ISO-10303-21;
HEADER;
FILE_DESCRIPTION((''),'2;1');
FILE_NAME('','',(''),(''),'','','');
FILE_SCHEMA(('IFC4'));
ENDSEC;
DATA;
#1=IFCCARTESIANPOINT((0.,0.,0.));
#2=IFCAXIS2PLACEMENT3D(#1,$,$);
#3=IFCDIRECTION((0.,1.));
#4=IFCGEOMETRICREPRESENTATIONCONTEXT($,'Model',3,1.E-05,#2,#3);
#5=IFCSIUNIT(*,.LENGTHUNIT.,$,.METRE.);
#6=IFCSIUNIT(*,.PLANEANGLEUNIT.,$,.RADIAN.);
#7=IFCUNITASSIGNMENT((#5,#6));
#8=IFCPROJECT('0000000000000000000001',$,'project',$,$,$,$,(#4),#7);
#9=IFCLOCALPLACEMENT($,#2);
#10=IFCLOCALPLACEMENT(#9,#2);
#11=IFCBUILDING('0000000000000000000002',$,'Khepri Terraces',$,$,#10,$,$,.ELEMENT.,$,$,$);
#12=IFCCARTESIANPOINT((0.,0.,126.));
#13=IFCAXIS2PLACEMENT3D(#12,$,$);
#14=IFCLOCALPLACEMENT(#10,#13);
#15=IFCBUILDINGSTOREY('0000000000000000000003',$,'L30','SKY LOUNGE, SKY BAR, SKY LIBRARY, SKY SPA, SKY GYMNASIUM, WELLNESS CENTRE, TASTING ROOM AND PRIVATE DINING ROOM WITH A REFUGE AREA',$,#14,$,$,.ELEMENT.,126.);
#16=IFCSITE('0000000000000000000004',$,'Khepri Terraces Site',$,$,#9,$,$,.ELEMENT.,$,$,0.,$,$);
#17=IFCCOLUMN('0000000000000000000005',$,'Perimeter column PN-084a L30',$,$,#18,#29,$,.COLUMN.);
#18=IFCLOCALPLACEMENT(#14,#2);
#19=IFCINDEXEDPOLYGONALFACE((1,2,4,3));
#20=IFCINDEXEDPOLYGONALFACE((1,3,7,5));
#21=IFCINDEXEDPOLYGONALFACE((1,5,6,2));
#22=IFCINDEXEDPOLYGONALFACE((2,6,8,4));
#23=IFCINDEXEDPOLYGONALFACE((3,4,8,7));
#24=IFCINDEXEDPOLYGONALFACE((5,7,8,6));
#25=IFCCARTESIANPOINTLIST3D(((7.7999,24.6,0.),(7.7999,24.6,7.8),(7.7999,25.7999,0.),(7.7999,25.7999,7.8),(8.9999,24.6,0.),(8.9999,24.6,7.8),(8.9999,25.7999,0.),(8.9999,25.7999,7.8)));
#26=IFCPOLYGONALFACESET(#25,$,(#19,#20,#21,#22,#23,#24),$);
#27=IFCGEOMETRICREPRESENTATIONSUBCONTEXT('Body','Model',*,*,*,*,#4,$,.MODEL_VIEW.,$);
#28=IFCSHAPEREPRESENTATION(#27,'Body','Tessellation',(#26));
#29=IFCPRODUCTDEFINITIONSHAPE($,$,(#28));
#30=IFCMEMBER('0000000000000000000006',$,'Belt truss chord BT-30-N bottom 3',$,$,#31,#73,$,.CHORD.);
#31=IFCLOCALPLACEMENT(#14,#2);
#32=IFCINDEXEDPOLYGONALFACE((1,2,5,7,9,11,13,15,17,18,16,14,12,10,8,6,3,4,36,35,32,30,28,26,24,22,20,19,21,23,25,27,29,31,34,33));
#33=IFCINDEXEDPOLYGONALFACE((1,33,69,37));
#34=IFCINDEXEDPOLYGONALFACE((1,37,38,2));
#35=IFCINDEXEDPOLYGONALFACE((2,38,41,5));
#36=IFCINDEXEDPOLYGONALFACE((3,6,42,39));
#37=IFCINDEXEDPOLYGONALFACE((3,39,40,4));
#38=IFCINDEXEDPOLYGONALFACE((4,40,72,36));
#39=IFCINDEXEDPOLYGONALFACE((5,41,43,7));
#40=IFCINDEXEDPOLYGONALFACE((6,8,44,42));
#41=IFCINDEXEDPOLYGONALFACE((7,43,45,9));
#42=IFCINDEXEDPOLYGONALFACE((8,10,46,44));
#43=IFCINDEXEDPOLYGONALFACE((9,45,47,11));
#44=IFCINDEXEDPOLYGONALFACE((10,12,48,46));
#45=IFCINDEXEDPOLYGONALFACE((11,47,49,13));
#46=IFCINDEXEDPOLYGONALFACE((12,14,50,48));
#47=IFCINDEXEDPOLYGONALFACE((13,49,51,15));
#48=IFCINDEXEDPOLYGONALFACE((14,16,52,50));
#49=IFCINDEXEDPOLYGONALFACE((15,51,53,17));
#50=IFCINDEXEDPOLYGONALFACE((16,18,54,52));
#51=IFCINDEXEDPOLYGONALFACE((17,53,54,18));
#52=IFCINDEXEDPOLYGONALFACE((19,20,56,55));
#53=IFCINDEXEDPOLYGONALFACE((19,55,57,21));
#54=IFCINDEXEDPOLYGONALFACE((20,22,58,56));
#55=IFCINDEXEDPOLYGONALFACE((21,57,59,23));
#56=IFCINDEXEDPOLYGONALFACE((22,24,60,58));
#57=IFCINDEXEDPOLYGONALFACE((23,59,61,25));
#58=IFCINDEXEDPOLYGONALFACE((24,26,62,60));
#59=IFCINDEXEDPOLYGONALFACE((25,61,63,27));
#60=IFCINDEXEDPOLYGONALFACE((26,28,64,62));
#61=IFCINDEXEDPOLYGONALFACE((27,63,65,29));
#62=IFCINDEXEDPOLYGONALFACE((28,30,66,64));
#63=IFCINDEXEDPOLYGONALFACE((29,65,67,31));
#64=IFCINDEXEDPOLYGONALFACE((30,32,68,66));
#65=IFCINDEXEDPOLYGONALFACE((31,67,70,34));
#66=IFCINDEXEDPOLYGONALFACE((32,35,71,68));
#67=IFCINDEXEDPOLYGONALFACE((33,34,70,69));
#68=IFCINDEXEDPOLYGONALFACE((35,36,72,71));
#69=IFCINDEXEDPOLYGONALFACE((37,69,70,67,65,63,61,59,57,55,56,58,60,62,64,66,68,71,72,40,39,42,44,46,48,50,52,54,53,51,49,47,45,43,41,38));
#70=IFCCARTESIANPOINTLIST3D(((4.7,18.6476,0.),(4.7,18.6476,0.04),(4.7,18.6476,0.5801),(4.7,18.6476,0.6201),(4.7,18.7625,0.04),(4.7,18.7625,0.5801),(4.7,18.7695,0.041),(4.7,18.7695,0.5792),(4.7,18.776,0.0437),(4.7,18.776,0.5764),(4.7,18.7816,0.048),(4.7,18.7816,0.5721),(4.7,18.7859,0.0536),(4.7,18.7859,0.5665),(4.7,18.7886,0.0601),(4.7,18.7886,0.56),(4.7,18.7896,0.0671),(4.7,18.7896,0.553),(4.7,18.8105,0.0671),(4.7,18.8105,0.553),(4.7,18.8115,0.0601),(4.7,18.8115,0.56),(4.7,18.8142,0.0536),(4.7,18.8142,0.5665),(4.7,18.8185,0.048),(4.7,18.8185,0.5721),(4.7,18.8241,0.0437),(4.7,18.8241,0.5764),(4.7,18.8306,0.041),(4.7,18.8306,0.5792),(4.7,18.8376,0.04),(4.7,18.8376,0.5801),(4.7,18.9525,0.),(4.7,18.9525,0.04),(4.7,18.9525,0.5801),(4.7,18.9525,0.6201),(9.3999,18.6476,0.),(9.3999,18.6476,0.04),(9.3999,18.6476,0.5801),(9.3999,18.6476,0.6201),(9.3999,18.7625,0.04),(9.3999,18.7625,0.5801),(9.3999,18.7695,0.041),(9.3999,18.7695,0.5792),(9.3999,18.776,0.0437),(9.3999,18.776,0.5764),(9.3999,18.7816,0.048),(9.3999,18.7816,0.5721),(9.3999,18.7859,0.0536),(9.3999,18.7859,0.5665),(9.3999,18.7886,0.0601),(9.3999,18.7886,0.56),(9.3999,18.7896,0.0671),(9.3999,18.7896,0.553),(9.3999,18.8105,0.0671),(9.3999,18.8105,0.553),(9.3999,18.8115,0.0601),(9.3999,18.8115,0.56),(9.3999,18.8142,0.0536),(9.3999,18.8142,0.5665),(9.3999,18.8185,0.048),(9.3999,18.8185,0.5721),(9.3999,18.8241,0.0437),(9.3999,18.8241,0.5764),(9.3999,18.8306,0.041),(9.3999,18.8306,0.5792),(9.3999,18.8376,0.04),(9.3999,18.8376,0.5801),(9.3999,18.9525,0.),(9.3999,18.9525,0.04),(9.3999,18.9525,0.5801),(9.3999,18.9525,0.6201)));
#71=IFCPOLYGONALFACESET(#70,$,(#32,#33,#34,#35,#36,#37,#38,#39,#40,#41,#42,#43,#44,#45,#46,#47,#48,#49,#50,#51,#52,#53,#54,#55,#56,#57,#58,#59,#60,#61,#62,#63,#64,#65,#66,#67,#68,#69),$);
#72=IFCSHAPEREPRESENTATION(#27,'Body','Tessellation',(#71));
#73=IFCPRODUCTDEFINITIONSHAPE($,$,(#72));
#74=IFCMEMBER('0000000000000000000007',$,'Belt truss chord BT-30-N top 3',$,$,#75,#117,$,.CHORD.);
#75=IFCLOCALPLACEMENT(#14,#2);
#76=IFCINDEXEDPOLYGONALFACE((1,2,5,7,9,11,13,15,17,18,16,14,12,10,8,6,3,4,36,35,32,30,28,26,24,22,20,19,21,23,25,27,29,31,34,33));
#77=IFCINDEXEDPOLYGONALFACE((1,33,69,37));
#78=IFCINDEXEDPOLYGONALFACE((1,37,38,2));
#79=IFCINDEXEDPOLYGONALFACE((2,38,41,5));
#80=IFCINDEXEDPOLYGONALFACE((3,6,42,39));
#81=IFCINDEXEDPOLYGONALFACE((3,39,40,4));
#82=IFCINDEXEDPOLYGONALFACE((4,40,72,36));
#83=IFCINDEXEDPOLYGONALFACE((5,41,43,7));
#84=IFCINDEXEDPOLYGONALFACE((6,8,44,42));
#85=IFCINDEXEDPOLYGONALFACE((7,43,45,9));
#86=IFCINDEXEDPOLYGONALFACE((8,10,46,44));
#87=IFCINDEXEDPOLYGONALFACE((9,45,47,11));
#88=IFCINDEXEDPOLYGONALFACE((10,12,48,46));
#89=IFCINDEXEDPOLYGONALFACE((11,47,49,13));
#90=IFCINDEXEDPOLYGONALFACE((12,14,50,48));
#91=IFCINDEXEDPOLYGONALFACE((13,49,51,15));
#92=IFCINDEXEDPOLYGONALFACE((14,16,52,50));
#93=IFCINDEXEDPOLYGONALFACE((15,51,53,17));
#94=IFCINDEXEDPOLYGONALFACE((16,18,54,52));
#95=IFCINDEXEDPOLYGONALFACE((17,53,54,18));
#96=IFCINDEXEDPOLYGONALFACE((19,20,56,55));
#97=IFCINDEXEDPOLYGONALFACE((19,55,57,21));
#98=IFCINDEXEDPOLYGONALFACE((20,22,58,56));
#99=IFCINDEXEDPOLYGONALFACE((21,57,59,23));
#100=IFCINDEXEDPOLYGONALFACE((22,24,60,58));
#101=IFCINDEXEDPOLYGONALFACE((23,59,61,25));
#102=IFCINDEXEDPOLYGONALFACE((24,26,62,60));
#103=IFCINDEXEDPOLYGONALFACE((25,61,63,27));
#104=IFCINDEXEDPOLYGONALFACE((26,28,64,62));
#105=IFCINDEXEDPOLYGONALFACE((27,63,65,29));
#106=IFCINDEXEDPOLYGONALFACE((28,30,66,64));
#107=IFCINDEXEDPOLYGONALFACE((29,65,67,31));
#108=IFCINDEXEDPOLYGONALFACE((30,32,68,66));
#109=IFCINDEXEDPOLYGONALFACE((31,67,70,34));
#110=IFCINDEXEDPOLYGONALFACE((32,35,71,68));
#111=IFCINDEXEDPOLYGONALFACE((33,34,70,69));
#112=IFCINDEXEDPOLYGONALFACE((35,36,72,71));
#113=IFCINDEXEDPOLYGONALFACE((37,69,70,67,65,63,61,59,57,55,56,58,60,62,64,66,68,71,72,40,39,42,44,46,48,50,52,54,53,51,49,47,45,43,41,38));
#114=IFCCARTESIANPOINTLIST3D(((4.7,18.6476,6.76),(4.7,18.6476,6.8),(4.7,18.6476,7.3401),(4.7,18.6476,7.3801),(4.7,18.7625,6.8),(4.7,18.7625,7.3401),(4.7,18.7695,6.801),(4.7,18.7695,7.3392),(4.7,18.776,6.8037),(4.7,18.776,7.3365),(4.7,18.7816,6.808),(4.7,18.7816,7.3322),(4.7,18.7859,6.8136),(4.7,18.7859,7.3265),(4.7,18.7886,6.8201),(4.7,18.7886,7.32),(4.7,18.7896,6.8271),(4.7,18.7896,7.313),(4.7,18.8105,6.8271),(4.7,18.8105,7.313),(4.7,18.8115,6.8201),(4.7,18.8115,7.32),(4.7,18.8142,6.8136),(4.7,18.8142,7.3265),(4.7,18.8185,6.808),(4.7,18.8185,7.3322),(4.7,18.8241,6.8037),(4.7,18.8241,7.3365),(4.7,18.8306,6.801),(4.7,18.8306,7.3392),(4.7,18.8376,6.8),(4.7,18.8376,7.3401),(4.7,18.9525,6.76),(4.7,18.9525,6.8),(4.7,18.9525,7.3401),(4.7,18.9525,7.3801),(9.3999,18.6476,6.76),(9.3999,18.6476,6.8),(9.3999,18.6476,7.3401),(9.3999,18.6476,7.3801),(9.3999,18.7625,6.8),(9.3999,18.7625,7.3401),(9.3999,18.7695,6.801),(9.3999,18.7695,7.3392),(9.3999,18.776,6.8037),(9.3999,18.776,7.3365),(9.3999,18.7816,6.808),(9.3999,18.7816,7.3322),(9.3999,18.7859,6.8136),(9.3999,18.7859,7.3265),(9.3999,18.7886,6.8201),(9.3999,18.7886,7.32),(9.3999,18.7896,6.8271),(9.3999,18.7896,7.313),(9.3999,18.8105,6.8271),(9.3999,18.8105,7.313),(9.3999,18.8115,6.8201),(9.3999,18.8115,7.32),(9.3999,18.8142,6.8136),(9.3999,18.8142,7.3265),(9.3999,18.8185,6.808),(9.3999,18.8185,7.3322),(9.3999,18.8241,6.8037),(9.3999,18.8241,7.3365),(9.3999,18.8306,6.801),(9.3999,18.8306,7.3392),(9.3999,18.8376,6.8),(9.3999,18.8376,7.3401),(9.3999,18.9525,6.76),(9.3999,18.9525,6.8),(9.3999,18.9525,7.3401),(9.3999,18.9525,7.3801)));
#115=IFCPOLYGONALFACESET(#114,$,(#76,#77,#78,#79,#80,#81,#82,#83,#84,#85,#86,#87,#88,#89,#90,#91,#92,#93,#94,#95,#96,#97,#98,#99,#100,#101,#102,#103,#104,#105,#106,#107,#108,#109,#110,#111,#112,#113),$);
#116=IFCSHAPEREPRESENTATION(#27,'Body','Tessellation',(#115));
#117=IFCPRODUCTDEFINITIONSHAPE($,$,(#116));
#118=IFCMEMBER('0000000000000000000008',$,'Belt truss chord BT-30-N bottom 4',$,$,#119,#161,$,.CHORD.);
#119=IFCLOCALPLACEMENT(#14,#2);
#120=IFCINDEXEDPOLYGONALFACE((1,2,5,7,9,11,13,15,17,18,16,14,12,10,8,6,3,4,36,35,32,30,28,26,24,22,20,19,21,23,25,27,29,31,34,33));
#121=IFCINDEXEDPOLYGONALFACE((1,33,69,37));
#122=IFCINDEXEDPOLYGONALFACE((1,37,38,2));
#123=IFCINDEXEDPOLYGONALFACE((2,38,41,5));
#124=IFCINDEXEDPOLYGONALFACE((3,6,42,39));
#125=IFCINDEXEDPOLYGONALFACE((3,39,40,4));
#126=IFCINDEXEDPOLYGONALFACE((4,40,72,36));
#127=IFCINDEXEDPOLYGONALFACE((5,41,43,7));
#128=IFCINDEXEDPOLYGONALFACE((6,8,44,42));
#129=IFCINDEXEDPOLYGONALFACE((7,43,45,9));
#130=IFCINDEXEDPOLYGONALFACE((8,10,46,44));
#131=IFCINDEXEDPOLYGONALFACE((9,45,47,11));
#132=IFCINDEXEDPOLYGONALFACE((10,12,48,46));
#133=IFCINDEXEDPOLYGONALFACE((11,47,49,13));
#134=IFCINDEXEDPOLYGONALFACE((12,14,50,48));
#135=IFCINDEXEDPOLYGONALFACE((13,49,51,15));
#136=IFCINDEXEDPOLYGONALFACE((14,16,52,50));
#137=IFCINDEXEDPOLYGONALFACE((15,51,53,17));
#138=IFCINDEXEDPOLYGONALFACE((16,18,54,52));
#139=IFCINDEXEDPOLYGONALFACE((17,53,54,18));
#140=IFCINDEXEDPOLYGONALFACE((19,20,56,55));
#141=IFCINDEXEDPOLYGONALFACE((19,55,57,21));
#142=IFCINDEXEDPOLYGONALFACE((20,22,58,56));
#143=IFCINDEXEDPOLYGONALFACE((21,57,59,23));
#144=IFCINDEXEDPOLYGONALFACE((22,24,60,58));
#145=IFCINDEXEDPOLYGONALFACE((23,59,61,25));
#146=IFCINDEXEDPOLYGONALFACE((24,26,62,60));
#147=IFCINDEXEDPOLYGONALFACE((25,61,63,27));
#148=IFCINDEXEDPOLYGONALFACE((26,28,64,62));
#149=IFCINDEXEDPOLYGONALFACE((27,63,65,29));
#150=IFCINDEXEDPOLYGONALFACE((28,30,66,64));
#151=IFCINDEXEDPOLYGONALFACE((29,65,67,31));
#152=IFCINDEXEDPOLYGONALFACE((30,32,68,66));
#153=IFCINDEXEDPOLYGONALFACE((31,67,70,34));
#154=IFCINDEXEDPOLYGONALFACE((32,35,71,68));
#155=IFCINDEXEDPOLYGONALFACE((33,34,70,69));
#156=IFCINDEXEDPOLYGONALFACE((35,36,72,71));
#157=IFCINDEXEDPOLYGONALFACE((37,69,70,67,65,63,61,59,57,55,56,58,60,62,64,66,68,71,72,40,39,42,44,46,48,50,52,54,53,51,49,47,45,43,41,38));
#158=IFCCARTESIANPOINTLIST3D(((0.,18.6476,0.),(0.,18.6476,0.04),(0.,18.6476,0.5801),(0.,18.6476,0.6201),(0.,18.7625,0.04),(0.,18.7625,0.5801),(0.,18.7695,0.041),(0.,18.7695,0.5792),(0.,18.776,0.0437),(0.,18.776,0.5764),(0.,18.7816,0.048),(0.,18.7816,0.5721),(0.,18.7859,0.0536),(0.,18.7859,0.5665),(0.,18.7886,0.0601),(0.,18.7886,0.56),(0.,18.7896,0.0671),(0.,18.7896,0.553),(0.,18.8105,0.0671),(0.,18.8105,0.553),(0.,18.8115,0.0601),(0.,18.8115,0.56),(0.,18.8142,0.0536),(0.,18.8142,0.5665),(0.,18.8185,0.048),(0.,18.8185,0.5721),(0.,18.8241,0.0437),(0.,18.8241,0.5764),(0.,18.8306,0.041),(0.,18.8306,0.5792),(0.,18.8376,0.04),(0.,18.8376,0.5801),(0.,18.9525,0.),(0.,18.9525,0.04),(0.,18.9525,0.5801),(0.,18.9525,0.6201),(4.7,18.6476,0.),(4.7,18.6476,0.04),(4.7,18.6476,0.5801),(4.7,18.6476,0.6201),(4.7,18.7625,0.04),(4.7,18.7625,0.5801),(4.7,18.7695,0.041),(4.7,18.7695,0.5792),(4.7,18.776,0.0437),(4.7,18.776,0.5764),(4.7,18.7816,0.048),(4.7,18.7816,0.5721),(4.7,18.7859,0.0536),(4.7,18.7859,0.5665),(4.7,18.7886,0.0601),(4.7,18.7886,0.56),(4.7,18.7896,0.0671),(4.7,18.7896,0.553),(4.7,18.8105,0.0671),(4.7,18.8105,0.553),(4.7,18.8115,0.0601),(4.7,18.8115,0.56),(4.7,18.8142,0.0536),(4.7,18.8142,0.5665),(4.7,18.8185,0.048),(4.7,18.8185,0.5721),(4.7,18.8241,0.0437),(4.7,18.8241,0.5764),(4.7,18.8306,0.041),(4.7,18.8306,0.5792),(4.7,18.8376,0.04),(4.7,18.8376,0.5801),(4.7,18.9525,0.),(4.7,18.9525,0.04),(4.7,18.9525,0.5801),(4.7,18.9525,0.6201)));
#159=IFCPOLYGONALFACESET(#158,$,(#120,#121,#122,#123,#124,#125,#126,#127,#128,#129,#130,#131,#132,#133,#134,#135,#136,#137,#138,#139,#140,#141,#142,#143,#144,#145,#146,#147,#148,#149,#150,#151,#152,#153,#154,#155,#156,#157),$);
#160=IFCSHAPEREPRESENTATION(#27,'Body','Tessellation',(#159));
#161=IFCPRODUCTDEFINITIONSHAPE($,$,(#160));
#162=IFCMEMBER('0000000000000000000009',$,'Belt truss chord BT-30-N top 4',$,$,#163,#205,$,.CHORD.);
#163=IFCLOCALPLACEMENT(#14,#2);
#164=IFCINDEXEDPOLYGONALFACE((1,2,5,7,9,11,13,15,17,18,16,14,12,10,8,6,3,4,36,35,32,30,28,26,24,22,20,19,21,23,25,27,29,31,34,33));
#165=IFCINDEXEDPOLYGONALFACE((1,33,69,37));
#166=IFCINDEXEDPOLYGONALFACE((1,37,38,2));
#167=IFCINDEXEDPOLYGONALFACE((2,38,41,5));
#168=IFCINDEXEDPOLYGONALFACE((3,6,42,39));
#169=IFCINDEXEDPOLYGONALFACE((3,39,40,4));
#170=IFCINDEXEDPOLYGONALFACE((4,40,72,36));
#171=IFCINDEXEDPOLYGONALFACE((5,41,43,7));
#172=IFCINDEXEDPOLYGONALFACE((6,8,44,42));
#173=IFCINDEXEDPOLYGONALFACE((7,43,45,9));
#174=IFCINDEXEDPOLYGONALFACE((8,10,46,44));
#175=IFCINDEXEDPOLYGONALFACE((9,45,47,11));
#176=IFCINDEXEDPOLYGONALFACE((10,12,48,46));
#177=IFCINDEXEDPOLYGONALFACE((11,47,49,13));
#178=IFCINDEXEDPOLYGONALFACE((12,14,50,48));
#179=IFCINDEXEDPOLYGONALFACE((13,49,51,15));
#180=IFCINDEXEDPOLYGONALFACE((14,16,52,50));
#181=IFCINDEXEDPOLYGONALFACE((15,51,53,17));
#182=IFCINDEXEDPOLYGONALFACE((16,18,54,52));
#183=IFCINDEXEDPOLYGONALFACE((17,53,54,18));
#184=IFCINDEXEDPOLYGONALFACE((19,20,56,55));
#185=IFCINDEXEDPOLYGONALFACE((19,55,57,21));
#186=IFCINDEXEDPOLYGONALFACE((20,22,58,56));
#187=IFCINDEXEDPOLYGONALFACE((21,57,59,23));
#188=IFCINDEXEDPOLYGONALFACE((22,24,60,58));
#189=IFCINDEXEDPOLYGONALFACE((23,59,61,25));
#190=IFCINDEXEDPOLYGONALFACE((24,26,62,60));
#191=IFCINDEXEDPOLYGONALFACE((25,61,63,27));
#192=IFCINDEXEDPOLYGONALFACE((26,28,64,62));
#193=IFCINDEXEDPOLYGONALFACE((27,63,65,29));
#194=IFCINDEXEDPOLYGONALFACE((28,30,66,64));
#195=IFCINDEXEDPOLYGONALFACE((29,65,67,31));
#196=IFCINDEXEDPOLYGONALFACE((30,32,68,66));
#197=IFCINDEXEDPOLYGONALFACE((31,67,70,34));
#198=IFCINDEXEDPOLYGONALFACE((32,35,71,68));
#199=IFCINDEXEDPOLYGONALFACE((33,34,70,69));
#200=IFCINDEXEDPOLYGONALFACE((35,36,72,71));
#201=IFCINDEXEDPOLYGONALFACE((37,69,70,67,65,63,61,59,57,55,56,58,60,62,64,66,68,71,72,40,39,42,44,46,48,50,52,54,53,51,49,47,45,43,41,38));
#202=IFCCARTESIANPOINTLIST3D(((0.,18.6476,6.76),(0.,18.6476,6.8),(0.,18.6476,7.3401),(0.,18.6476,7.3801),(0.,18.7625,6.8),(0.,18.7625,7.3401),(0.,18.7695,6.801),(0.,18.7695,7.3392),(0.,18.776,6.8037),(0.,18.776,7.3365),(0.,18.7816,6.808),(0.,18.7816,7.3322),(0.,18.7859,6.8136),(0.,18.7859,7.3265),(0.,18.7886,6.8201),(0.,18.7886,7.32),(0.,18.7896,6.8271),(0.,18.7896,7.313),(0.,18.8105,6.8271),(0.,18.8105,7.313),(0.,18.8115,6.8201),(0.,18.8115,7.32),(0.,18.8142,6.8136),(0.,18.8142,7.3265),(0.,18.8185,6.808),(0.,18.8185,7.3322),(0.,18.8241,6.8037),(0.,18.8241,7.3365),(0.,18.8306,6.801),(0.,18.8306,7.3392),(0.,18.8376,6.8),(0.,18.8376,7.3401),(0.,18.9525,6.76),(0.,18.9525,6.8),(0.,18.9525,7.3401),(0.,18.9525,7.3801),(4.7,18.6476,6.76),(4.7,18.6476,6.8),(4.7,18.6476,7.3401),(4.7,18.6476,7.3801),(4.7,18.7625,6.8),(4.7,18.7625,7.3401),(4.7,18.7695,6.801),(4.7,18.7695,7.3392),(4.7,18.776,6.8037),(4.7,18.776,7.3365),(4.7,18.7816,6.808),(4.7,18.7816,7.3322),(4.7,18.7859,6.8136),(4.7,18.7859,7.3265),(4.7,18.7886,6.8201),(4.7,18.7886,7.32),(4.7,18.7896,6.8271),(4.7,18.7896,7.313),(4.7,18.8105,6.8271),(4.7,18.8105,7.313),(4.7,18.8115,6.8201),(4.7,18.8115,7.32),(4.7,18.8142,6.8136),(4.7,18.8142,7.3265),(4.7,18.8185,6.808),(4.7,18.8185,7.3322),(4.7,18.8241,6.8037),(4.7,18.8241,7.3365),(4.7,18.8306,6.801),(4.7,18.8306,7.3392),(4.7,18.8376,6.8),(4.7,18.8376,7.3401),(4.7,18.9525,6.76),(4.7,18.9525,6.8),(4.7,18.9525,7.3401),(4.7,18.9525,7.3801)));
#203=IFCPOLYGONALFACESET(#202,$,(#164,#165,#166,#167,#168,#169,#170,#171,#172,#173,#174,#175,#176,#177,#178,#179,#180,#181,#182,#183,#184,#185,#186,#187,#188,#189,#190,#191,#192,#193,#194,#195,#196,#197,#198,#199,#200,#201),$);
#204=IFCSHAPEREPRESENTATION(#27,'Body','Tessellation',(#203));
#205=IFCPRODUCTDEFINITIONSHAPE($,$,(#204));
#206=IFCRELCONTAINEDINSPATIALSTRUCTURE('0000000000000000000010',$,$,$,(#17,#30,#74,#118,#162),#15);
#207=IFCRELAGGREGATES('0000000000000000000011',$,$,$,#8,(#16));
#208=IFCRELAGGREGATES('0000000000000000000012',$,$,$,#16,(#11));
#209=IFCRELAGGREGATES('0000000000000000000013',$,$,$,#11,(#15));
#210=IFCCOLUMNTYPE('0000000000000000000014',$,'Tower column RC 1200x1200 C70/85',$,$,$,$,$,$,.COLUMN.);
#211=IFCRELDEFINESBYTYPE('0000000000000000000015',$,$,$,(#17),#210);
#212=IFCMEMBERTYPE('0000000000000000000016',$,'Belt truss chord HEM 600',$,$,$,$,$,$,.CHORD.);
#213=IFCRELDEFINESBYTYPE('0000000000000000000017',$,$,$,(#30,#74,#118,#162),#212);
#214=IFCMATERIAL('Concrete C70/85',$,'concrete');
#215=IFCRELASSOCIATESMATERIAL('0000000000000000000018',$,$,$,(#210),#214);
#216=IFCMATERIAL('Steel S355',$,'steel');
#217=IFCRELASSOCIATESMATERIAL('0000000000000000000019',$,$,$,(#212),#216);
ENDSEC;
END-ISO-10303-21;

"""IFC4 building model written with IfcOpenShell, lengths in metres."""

from ifc_helpers import new_model, si_unit, direction, frame, origin, origin_2d, place, context, subcontext, project, spatial, rectangle, i_section, extrude, material, material_profile, profile_set, type_object, element, save


model = new_model("IFC4")

# Units and contexts
model_context = context("Model", 3, precision=1e-05, world=origin(), true_north=direction((0.0, 1.0)))
body_context = subcontext(model_context, "Body", "Model", "MODEL_VIEW")
ifc_project = project(units=[si_unit("LENGTHUNIT", "METRE"), si_unit("PLANEANGLEUNIT", "RADIAN")], contexts=[model_context])

# Site, building, storey
site_placement = place(None, origin())
site = spatial("IfcSite", under=ifc_project, at=site_placement, Name="Khepri Terraces Site", CompositionType="ELEMENT", RefElevation=0.0)
building_placement = place(site_placement, origin())
building = spatial("IfcBuilding", under=site, at=building_placement, Name="Khepri Terraces", CompositionType="ELEMENT")
storey_placement = place(building_placement, frame((0.0, 0.0, 126.0)))
storey = spatial("IfcBuildingStorey", under=building, at=storey_placement, Name="L30", Description="SKY LOUNGE, SKY BAR, SKY LIBRARY, SKY SPA, SKY GYMNASIUM, WELLNESS CENTRE, TASTING ROOM AND PRIVATE DINING ROOM WITH A REFUGE AREA", CompositionType="ELEMENT", Elevation=126.0)

# Column
ifc_material_1 = material(Name="Concrete C70/85", Category="concrete")
ifc_material_profile_1 = material_profile(ifc_material_1, rectangle(XDim=1.2, YDim=1.2, at=origin_2d()), Name="Concrete C70/85", Category="concrete")
ifc_profile_set_1 = profile_set([ifc_material_profile_1], Name="Concrete C70/85")
column_type = type_object("IfcColumnType", Name="Tower column RC 1200x1200 C70/85", PredefinedType="COLUMN", material=ifc_profile_set_1)
column_placement = place(storey_placement, frame((8.3999, 25.2, 0.0), z_axis=(0.0, 0.0, 1.0), x_axis=(1.0, 0.0, 0.0)))
element("IfcColumn", 1, at=column_placement, inside=storey, type_object=column_type, Name="Perimeter column PN-084a L30", PredefinedType="COLUMN", context=body_context, shape_type="SweptSolid", body=[
    extrude(rectangle(XDim=1.2, YDim=1.2, at=origin_2d()), origin(), (0.0, 0.0, 1.0), 7.8),
])

# Members
ifc_material_2 = material(Name="Steel S355", Category="steel")
ifc_material_profile_2 = material_profile(ifc_material_2, i_section(OverallWidth=0.3049, OverallDepth=0.6201, WebThickness=0.021, FlangeThickness=0.04, FilletRadius=0.0271, at=origin_2d()), Name="Steel S355", Category="steel")
ifc_profile_set_2 = profile_set([ifc_material_profile_2], Name="Steel S355")
member_type_1 = type_object("IfcMemberType", Name="Belt truss chord HEM 600", PredefinedType="CHORD", material=ifc_profile_set_2)
for number, where, z_axis, x_axis, name in (
    (2, (9.3999, 18.8, 0.3101), (-1.0, 0.0, 0.0), (0.0, -1.0, 0.0), "Belt truss chord BT-30-N bottom 3"),
    (3, (9.3999, 18.8, 7.0701), (-1.0, 0.0, 0.0), (0.0, -1.0, 0.0), "Belt truss chord BT-30-N top 3"),
    (4, (4.7, 18.8, 0.3101), (-1.0, 0.0, 0.0), (0.0, -1.0, 0.0), "Belt truss chord BT-30-N bottom 4"),
    (5, (4.7, 18.8, 7.0701), (-1.0, 0.0, 0.0), (0.0, -1.0, 0.0), "Belt truss chord BT-30-N top 4"),
):
    element("IfcMember", number, at=place(storey_placement, frame(where, z_axis=z_axis, x_axis=x_axis)), inside=storey, type_object=member_type_1, Name=name, PredefinedType="CHORD", context=body_context, shape_type="SweptSolid", body=[
        extrude(i_section(OverallWidth=0.3049, OverallDepth=0.6201, WebThickness=0.021, FlangeThickness=0.04, FilletRadius=0.0271, at=origin_2d()), origin(), (0.0, 0.0, 1.0), 4.7),
    ])

save(model, "model.ifc")
